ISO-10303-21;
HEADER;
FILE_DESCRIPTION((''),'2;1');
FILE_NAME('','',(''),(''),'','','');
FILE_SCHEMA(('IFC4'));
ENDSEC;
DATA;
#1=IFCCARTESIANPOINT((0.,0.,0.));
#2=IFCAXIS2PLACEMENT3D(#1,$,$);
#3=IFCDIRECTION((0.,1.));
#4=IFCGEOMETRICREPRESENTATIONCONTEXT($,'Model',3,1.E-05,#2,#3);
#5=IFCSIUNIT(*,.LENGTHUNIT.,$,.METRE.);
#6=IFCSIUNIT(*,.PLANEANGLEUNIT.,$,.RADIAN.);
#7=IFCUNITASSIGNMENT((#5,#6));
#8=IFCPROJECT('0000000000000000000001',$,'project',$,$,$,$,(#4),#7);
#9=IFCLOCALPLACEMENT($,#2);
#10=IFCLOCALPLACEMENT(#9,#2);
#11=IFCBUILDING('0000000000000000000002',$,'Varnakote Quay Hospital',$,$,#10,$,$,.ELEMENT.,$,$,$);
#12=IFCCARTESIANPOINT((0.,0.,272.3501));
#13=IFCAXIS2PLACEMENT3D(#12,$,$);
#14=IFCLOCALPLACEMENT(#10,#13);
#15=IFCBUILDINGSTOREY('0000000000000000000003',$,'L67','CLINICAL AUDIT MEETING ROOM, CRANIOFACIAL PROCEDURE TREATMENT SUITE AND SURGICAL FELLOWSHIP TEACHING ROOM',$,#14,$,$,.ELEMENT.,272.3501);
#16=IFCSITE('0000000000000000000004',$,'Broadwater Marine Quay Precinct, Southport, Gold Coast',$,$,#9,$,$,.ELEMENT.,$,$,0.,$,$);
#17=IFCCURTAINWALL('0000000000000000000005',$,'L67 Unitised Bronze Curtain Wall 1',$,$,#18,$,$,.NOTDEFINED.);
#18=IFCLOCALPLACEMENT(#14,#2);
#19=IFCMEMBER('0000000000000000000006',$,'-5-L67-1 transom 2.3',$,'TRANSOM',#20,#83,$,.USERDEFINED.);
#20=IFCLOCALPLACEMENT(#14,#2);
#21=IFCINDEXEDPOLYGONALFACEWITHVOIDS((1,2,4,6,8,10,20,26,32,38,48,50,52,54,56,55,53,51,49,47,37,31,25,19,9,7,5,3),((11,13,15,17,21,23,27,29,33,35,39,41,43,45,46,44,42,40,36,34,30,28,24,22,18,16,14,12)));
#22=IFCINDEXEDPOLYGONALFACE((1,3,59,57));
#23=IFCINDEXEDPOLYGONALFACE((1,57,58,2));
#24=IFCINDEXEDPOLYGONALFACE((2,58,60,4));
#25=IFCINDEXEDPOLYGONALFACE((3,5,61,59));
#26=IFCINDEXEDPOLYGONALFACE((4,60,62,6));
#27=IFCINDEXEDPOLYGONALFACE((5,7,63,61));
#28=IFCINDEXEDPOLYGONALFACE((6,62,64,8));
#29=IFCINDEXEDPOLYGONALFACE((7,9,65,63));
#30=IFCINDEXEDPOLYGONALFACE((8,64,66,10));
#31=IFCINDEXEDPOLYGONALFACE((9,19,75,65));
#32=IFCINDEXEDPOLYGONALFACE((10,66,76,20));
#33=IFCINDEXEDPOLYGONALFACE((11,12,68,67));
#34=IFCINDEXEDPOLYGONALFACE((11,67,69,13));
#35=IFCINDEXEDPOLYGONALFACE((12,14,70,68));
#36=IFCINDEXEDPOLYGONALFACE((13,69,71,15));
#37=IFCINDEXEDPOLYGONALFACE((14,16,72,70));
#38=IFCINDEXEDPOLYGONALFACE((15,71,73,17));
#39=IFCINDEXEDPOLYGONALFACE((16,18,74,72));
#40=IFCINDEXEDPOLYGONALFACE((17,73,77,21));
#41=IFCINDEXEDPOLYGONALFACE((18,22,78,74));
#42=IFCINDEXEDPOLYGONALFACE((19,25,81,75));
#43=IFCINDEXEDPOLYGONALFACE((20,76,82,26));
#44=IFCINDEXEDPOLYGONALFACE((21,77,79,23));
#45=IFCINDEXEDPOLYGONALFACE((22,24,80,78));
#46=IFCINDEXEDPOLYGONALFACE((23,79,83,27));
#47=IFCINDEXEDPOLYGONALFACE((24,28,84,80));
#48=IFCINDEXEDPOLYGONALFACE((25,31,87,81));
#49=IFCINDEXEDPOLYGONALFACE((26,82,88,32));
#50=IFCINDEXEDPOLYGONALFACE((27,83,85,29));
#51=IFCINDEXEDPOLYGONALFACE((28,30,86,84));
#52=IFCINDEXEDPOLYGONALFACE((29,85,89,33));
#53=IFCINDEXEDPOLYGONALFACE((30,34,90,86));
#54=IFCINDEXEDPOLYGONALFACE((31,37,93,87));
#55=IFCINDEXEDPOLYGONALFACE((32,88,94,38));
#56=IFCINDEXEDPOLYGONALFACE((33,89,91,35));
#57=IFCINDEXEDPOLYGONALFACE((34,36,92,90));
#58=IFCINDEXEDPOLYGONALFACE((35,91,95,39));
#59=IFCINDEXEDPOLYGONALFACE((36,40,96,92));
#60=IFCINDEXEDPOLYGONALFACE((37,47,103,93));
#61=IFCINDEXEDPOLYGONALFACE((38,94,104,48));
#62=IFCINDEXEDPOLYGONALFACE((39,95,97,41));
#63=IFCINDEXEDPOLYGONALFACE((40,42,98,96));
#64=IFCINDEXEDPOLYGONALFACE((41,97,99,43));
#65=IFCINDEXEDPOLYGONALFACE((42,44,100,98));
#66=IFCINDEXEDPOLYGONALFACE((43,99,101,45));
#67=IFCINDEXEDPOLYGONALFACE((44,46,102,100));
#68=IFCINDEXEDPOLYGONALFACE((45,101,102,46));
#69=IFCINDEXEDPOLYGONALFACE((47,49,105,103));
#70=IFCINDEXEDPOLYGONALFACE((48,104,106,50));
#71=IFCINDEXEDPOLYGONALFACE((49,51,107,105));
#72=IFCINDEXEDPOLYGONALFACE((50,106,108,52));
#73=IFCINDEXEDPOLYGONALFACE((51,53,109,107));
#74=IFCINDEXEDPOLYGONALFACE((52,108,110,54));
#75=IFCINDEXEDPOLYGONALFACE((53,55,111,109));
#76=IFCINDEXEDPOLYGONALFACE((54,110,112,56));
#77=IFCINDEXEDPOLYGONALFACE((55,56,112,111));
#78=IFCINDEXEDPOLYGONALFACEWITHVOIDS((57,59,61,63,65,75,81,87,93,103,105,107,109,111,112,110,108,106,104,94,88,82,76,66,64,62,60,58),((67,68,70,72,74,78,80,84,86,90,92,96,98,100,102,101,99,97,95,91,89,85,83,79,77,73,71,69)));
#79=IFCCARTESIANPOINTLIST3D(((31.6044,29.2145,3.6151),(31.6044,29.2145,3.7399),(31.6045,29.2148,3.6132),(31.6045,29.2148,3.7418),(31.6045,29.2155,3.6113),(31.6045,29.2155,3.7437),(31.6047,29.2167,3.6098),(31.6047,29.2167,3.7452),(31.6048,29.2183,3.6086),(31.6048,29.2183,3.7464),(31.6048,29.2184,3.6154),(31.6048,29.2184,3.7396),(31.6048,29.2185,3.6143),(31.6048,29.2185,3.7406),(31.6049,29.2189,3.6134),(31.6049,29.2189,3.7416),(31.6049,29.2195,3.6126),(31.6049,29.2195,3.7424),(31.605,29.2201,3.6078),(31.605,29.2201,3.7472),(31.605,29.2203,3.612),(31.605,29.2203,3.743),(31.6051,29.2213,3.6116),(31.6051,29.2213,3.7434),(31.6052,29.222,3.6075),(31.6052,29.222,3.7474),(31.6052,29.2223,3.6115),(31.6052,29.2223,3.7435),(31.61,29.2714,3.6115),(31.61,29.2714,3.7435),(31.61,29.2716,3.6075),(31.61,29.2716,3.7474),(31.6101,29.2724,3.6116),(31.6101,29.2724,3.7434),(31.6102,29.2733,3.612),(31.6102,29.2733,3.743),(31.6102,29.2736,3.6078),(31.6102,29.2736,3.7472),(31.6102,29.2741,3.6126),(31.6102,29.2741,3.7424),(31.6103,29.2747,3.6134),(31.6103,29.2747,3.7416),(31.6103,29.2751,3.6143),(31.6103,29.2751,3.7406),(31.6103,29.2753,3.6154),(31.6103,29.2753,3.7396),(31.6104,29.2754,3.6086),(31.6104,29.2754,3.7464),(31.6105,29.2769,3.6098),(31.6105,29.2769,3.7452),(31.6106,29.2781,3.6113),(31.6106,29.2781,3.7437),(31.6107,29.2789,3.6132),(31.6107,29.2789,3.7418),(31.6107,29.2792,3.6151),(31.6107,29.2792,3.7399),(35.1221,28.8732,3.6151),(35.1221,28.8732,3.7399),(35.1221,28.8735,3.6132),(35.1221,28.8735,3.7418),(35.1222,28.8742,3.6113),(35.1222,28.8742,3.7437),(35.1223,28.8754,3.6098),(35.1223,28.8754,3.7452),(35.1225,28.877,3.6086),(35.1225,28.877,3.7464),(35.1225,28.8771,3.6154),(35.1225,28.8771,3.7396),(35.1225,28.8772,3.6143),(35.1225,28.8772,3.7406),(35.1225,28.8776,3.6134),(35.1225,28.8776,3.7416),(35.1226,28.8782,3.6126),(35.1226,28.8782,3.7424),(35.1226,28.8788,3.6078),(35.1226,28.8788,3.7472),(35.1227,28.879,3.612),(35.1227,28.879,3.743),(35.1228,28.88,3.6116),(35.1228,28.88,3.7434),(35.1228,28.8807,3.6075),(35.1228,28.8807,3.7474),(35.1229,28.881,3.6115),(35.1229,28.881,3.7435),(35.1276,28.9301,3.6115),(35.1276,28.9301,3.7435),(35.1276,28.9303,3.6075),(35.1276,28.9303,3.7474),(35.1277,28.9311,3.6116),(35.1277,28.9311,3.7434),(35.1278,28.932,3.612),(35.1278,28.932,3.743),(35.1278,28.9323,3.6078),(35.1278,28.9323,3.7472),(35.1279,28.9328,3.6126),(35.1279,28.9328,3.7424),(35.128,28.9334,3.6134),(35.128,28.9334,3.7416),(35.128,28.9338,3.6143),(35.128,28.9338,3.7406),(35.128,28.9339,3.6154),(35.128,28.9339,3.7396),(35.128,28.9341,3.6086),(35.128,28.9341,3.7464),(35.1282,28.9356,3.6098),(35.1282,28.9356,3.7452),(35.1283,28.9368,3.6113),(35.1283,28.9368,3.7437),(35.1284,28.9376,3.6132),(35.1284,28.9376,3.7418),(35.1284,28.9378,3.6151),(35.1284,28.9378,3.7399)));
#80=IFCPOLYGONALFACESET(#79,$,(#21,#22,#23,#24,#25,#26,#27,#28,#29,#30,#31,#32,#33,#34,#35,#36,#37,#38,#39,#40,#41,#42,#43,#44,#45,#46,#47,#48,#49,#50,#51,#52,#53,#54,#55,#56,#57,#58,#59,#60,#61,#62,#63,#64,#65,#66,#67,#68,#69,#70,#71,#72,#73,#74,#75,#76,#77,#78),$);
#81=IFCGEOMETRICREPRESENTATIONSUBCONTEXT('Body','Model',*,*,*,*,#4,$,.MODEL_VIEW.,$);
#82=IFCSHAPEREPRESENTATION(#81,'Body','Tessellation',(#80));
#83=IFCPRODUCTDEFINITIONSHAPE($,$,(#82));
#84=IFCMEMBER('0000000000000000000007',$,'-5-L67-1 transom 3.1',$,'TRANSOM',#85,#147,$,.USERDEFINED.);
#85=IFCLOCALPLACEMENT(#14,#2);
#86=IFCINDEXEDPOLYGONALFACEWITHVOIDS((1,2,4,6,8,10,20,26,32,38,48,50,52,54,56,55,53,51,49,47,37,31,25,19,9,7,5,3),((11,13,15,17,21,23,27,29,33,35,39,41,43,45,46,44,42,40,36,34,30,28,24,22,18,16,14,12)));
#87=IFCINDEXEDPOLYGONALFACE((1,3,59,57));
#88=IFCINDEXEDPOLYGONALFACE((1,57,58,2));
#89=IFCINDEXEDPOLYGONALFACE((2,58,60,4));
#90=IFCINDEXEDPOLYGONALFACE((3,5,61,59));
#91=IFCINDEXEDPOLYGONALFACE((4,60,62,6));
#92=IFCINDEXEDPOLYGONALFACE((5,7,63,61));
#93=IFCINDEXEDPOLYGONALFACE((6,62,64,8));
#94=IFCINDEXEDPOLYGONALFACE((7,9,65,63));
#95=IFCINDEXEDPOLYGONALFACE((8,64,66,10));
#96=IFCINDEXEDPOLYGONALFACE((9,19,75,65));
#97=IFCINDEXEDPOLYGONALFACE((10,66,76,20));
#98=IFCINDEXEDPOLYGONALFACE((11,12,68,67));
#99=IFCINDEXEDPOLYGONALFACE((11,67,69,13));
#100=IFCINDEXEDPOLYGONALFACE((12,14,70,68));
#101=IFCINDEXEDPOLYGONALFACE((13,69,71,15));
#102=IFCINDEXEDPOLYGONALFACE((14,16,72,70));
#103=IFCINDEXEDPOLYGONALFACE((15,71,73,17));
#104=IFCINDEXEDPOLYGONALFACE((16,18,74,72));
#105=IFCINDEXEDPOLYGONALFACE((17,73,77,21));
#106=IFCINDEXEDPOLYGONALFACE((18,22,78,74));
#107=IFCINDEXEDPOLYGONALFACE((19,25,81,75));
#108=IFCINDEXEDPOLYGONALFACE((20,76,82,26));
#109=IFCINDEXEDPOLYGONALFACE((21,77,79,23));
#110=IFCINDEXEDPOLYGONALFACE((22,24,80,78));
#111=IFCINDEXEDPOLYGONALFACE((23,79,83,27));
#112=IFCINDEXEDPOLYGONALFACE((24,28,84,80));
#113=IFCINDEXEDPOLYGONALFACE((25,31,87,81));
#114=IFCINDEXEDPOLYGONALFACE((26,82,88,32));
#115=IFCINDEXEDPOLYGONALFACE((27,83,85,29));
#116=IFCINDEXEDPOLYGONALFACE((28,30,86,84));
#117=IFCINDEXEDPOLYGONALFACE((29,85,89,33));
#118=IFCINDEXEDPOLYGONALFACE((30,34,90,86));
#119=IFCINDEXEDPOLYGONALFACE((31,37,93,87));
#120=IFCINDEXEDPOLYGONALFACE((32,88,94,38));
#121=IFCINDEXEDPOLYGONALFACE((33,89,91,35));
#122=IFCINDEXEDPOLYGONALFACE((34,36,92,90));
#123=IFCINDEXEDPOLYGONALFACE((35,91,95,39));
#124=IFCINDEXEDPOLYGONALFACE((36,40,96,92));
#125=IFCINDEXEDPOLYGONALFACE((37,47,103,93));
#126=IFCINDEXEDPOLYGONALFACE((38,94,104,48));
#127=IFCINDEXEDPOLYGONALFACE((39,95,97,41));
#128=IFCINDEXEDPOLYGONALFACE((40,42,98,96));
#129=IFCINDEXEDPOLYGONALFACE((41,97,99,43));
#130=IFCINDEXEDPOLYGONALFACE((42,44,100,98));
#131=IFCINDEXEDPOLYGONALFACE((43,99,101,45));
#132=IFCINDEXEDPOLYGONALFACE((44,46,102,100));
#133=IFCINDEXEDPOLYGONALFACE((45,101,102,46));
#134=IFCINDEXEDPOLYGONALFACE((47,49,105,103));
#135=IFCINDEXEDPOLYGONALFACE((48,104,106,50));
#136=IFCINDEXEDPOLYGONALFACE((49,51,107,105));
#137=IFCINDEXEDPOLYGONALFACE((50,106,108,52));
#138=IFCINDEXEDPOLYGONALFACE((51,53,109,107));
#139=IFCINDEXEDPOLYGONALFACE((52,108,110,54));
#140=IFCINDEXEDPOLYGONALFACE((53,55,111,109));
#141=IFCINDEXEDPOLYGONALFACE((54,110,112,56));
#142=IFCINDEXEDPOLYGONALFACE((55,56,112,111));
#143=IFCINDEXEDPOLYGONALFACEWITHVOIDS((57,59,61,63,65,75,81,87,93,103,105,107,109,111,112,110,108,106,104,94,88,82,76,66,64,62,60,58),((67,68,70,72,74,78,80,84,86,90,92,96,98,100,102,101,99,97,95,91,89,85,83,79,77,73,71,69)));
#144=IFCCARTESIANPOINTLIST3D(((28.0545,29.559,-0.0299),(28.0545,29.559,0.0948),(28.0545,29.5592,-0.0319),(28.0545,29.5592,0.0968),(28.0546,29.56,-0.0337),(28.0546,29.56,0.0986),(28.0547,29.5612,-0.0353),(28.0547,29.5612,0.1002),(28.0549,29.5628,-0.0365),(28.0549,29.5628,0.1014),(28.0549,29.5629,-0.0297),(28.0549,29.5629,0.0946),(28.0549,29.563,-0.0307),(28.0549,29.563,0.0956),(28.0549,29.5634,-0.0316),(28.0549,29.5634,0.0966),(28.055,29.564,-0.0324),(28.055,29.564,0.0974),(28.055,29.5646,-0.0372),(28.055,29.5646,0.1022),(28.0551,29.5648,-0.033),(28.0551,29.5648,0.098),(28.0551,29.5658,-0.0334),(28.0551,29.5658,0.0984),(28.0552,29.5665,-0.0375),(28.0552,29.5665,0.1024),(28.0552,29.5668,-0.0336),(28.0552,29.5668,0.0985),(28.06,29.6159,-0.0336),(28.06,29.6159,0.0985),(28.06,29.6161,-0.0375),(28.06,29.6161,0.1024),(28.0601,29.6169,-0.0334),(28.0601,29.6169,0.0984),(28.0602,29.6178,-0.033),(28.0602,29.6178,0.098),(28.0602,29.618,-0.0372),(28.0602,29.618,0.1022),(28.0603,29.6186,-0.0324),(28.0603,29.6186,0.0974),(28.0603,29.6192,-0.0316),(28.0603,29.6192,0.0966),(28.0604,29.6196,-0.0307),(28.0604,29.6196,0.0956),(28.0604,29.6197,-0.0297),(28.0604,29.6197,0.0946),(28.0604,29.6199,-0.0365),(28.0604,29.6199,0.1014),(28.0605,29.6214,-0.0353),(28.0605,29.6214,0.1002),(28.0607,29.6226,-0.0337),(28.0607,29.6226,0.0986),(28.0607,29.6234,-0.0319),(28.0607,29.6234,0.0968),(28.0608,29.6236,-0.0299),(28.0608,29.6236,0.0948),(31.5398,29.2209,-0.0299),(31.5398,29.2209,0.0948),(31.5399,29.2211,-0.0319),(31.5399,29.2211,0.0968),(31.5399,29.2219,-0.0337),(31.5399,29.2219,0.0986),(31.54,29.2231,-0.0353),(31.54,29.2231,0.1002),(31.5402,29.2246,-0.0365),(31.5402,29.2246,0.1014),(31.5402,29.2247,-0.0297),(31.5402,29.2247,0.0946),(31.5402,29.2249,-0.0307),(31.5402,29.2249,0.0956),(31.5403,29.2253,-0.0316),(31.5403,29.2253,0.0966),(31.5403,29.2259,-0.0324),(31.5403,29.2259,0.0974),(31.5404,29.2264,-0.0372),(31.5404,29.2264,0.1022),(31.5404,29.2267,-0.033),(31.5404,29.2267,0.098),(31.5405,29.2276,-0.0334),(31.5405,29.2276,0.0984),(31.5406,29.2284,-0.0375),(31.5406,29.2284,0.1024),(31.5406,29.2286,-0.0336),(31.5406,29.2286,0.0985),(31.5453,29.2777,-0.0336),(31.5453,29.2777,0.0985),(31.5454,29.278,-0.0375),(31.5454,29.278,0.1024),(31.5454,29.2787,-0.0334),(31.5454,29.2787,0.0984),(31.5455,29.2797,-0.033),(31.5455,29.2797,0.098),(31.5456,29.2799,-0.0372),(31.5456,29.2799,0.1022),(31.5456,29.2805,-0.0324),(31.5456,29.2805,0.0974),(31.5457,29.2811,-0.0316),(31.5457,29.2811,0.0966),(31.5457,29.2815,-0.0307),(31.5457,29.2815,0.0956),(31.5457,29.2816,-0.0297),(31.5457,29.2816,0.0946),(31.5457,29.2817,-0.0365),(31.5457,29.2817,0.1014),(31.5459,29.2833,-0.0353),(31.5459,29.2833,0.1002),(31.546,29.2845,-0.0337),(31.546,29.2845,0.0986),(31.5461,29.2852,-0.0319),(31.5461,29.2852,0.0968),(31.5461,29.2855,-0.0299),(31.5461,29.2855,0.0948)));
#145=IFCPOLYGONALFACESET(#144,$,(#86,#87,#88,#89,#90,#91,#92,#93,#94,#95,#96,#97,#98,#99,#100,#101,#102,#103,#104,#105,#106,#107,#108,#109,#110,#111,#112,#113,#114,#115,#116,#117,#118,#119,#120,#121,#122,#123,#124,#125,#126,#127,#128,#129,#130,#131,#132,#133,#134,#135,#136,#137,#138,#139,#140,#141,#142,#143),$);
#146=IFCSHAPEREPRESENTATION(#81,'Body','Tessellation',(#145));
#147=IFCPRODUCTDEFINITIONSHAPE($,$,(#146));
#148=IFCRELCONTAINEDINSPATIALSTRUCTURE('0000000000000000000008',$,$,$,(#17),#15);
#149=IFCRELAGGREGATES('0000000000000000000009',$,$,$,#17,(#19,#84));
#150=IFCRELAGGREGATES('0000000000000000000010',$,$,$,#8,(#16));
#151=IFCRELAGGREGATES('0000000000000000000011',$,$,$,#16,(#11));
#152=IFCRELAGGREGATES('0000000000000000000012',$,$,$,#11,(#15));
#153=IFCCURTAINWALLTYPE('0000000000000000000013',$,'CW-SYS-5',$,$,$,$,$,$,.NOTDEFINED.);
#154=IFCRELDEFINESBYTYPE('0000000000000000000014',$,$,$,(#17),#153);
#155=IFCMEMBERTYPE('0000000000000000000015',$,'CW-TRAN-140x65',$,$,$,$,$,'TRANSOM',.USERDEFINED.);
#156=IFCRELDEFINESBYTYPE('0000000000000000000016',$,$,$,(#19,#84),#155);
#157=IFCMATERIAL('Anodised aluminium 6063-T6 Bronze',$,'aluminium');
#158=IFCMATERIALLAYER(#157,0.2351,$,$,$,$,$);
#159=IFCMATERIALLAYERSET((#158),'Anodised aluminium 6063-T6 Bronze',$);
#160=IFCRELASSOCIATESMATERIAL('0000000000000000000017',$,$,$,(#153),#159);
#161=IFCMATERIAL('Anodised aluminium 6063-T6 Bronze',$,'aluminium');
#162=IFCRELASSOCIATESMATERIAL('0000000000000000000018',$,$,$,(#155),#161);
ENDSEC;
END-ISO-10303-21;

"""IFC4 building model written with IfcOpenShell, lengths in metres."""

from ifc_helpers import new_model, si_unit, direction, frame, origin, origin_2d, place, context, subcontext, project, spatial, hollow_rectangle, extrude, material, layer, layer_set, material_profile, profile_set, type_object, element, aggregate, save


model = new_model("IFC4")

# Units and contexts
model_context = context("Model", 3, precision=1e-05, world=origin(), true_north=direction((0.0, 1.0)))
body_context = subcontext(model_context, "Body", "Model", "MODEL_VIEW")
ifc_project = project(units=[si_unit("LENGTHUNIT", "METRE"), si_unit("PLANEANGLEUNIT", "RADIAN")], contexts=[model_context])

# Site, building, storey
site_placement = place(None, origin())
site = spatial("IfcSite", under=ifc_project, at=site_placement, Name="Broadwater Marine Quay Precinct, Southport, Gold Coast", CompositionType="ELEMENT", RefElevation=0.0)
building_placement = place(site_placement, origin())
building = spatial("IfcBuilding", under=site, at=building_placement, Name="Varnakote Quay Hospital", CompositionType="ELEMENT")
storey_placement = place(building_placement, frame((0.0, 0.0, 272.3501)))
storey = spatial("IfcBuildingStorey", under=building, at=storey_placement, Name="L67", Description="CLINICAL AUDIT MEETING ROOM, CRANIOFACIAL PROCEDURE TREATMENT SUITE AND SURGICAL FELLOWSHIP TEACHING ROOM", CompositionType="ELEMENT", Elevation=272.3501)

# Curtain wall, members
ifc_material_1 = material(Name="Anodised aluminium 6063-T6 Bronze", Category="aluminium")
ifc_layer_1 = layer(ifc_material_1, 0.2351)
ifc_layer_set_1 = layer_set([ifc_layer_1], Name="Anodised aluminium 6063-T6 Bronze")
curtain_wall_type = type_object("IfcCurtainWallType", Name="CW-SYS-5", PredefinedType="NOTDEFINED", material=ifc_layer_set_1)
curtain_wall_placement = place(storey_placement, origin())
curtain_wall = element("IfcCurtainWall", 1, at=curtain_wall_placement, inside=storey, type_object=curtain_wall_type, Name="L67 Unitised Bronze Curtain Wall 1", PredefinedType="NOTDEFINED")
ifc_material_2 = material(Name="Anodised aluminium 6063-T6 Bronze", Category="aluminium")
ifc_material_profile_1 = material_profile(ifc_material_2, hollow_rectangle(XDim=0.0649, YDim=0.1399, WallThickness=0.0039, InnerFilletRadius=0.0039, OuterFilletRadius=0.0076, at=origin_2d()), Name="CW-TRAN-140x65")
ifc_profile_set_1 = profile_set([ifc_material_profile_1], Name="Anodised aluminium 6063-T6 Bronze")
member_type_1 = type_object("IfcMemberType", Name="CW-TRAN-140x65", ElementType="TRANSOM", PredefinedType="USERDEFINED", material=ifc_profile_set_1)
member_1_placement = place(storey_placement, frame((35.1252, 28.9055, 3.6775), z_axis=(-0.995326, 0.096576, 0.0), x_axis=(-0.096576, -0.995326, 0.0)))
member_1 = element("IfcMember", 2, at=member_1_placement, type_object=member_type_1, Name="-5-L67-1 transom 2.3", ObjectType="TRANSOM", PredefinedType="USERDEFINED", context=body_context, shape_type="SweptSolid", body=[
    extrude(hollow_rectangle(XDim=0.0649, YDim=0.1399, WallThickness=0.0039, InnerFilletRadius=0.0039, OuterFilletRadius=0.0076, at=origin_2d()), origin(), (0.0, 0.0, 1.0), 3.5342),
])
member_2_placement = place(storey_placement, frame((31.543, 29.2532, 0.0325), z_axis=(-0.995327, 0.096563, 0.0), x_axis=(-0.096563, -0.995327, 0.0)))
member_2 = element("IfcMember", 3, at=member_2_placement, type_object=member_type_1, Name="-5-L67-1 transom 3.1", ObjectType="TRANSOM", PredefinedType="USERDEFINED", context=body_context, shape_type="SweptSolid", body=[
    extrude(hollow_rectangle(XDim=0.0649, YDim=0.1399, WallThickness=0.0039, InnerFilletRadius=0.0039, OuterFilletRadius=0.0076, at=origin_2d()), origin(), (0.0, 0.0, 1.0), 3.5017),
])
aggregate(curtain_wall, [member_1, member_2])

save(model, "model.ifc")
